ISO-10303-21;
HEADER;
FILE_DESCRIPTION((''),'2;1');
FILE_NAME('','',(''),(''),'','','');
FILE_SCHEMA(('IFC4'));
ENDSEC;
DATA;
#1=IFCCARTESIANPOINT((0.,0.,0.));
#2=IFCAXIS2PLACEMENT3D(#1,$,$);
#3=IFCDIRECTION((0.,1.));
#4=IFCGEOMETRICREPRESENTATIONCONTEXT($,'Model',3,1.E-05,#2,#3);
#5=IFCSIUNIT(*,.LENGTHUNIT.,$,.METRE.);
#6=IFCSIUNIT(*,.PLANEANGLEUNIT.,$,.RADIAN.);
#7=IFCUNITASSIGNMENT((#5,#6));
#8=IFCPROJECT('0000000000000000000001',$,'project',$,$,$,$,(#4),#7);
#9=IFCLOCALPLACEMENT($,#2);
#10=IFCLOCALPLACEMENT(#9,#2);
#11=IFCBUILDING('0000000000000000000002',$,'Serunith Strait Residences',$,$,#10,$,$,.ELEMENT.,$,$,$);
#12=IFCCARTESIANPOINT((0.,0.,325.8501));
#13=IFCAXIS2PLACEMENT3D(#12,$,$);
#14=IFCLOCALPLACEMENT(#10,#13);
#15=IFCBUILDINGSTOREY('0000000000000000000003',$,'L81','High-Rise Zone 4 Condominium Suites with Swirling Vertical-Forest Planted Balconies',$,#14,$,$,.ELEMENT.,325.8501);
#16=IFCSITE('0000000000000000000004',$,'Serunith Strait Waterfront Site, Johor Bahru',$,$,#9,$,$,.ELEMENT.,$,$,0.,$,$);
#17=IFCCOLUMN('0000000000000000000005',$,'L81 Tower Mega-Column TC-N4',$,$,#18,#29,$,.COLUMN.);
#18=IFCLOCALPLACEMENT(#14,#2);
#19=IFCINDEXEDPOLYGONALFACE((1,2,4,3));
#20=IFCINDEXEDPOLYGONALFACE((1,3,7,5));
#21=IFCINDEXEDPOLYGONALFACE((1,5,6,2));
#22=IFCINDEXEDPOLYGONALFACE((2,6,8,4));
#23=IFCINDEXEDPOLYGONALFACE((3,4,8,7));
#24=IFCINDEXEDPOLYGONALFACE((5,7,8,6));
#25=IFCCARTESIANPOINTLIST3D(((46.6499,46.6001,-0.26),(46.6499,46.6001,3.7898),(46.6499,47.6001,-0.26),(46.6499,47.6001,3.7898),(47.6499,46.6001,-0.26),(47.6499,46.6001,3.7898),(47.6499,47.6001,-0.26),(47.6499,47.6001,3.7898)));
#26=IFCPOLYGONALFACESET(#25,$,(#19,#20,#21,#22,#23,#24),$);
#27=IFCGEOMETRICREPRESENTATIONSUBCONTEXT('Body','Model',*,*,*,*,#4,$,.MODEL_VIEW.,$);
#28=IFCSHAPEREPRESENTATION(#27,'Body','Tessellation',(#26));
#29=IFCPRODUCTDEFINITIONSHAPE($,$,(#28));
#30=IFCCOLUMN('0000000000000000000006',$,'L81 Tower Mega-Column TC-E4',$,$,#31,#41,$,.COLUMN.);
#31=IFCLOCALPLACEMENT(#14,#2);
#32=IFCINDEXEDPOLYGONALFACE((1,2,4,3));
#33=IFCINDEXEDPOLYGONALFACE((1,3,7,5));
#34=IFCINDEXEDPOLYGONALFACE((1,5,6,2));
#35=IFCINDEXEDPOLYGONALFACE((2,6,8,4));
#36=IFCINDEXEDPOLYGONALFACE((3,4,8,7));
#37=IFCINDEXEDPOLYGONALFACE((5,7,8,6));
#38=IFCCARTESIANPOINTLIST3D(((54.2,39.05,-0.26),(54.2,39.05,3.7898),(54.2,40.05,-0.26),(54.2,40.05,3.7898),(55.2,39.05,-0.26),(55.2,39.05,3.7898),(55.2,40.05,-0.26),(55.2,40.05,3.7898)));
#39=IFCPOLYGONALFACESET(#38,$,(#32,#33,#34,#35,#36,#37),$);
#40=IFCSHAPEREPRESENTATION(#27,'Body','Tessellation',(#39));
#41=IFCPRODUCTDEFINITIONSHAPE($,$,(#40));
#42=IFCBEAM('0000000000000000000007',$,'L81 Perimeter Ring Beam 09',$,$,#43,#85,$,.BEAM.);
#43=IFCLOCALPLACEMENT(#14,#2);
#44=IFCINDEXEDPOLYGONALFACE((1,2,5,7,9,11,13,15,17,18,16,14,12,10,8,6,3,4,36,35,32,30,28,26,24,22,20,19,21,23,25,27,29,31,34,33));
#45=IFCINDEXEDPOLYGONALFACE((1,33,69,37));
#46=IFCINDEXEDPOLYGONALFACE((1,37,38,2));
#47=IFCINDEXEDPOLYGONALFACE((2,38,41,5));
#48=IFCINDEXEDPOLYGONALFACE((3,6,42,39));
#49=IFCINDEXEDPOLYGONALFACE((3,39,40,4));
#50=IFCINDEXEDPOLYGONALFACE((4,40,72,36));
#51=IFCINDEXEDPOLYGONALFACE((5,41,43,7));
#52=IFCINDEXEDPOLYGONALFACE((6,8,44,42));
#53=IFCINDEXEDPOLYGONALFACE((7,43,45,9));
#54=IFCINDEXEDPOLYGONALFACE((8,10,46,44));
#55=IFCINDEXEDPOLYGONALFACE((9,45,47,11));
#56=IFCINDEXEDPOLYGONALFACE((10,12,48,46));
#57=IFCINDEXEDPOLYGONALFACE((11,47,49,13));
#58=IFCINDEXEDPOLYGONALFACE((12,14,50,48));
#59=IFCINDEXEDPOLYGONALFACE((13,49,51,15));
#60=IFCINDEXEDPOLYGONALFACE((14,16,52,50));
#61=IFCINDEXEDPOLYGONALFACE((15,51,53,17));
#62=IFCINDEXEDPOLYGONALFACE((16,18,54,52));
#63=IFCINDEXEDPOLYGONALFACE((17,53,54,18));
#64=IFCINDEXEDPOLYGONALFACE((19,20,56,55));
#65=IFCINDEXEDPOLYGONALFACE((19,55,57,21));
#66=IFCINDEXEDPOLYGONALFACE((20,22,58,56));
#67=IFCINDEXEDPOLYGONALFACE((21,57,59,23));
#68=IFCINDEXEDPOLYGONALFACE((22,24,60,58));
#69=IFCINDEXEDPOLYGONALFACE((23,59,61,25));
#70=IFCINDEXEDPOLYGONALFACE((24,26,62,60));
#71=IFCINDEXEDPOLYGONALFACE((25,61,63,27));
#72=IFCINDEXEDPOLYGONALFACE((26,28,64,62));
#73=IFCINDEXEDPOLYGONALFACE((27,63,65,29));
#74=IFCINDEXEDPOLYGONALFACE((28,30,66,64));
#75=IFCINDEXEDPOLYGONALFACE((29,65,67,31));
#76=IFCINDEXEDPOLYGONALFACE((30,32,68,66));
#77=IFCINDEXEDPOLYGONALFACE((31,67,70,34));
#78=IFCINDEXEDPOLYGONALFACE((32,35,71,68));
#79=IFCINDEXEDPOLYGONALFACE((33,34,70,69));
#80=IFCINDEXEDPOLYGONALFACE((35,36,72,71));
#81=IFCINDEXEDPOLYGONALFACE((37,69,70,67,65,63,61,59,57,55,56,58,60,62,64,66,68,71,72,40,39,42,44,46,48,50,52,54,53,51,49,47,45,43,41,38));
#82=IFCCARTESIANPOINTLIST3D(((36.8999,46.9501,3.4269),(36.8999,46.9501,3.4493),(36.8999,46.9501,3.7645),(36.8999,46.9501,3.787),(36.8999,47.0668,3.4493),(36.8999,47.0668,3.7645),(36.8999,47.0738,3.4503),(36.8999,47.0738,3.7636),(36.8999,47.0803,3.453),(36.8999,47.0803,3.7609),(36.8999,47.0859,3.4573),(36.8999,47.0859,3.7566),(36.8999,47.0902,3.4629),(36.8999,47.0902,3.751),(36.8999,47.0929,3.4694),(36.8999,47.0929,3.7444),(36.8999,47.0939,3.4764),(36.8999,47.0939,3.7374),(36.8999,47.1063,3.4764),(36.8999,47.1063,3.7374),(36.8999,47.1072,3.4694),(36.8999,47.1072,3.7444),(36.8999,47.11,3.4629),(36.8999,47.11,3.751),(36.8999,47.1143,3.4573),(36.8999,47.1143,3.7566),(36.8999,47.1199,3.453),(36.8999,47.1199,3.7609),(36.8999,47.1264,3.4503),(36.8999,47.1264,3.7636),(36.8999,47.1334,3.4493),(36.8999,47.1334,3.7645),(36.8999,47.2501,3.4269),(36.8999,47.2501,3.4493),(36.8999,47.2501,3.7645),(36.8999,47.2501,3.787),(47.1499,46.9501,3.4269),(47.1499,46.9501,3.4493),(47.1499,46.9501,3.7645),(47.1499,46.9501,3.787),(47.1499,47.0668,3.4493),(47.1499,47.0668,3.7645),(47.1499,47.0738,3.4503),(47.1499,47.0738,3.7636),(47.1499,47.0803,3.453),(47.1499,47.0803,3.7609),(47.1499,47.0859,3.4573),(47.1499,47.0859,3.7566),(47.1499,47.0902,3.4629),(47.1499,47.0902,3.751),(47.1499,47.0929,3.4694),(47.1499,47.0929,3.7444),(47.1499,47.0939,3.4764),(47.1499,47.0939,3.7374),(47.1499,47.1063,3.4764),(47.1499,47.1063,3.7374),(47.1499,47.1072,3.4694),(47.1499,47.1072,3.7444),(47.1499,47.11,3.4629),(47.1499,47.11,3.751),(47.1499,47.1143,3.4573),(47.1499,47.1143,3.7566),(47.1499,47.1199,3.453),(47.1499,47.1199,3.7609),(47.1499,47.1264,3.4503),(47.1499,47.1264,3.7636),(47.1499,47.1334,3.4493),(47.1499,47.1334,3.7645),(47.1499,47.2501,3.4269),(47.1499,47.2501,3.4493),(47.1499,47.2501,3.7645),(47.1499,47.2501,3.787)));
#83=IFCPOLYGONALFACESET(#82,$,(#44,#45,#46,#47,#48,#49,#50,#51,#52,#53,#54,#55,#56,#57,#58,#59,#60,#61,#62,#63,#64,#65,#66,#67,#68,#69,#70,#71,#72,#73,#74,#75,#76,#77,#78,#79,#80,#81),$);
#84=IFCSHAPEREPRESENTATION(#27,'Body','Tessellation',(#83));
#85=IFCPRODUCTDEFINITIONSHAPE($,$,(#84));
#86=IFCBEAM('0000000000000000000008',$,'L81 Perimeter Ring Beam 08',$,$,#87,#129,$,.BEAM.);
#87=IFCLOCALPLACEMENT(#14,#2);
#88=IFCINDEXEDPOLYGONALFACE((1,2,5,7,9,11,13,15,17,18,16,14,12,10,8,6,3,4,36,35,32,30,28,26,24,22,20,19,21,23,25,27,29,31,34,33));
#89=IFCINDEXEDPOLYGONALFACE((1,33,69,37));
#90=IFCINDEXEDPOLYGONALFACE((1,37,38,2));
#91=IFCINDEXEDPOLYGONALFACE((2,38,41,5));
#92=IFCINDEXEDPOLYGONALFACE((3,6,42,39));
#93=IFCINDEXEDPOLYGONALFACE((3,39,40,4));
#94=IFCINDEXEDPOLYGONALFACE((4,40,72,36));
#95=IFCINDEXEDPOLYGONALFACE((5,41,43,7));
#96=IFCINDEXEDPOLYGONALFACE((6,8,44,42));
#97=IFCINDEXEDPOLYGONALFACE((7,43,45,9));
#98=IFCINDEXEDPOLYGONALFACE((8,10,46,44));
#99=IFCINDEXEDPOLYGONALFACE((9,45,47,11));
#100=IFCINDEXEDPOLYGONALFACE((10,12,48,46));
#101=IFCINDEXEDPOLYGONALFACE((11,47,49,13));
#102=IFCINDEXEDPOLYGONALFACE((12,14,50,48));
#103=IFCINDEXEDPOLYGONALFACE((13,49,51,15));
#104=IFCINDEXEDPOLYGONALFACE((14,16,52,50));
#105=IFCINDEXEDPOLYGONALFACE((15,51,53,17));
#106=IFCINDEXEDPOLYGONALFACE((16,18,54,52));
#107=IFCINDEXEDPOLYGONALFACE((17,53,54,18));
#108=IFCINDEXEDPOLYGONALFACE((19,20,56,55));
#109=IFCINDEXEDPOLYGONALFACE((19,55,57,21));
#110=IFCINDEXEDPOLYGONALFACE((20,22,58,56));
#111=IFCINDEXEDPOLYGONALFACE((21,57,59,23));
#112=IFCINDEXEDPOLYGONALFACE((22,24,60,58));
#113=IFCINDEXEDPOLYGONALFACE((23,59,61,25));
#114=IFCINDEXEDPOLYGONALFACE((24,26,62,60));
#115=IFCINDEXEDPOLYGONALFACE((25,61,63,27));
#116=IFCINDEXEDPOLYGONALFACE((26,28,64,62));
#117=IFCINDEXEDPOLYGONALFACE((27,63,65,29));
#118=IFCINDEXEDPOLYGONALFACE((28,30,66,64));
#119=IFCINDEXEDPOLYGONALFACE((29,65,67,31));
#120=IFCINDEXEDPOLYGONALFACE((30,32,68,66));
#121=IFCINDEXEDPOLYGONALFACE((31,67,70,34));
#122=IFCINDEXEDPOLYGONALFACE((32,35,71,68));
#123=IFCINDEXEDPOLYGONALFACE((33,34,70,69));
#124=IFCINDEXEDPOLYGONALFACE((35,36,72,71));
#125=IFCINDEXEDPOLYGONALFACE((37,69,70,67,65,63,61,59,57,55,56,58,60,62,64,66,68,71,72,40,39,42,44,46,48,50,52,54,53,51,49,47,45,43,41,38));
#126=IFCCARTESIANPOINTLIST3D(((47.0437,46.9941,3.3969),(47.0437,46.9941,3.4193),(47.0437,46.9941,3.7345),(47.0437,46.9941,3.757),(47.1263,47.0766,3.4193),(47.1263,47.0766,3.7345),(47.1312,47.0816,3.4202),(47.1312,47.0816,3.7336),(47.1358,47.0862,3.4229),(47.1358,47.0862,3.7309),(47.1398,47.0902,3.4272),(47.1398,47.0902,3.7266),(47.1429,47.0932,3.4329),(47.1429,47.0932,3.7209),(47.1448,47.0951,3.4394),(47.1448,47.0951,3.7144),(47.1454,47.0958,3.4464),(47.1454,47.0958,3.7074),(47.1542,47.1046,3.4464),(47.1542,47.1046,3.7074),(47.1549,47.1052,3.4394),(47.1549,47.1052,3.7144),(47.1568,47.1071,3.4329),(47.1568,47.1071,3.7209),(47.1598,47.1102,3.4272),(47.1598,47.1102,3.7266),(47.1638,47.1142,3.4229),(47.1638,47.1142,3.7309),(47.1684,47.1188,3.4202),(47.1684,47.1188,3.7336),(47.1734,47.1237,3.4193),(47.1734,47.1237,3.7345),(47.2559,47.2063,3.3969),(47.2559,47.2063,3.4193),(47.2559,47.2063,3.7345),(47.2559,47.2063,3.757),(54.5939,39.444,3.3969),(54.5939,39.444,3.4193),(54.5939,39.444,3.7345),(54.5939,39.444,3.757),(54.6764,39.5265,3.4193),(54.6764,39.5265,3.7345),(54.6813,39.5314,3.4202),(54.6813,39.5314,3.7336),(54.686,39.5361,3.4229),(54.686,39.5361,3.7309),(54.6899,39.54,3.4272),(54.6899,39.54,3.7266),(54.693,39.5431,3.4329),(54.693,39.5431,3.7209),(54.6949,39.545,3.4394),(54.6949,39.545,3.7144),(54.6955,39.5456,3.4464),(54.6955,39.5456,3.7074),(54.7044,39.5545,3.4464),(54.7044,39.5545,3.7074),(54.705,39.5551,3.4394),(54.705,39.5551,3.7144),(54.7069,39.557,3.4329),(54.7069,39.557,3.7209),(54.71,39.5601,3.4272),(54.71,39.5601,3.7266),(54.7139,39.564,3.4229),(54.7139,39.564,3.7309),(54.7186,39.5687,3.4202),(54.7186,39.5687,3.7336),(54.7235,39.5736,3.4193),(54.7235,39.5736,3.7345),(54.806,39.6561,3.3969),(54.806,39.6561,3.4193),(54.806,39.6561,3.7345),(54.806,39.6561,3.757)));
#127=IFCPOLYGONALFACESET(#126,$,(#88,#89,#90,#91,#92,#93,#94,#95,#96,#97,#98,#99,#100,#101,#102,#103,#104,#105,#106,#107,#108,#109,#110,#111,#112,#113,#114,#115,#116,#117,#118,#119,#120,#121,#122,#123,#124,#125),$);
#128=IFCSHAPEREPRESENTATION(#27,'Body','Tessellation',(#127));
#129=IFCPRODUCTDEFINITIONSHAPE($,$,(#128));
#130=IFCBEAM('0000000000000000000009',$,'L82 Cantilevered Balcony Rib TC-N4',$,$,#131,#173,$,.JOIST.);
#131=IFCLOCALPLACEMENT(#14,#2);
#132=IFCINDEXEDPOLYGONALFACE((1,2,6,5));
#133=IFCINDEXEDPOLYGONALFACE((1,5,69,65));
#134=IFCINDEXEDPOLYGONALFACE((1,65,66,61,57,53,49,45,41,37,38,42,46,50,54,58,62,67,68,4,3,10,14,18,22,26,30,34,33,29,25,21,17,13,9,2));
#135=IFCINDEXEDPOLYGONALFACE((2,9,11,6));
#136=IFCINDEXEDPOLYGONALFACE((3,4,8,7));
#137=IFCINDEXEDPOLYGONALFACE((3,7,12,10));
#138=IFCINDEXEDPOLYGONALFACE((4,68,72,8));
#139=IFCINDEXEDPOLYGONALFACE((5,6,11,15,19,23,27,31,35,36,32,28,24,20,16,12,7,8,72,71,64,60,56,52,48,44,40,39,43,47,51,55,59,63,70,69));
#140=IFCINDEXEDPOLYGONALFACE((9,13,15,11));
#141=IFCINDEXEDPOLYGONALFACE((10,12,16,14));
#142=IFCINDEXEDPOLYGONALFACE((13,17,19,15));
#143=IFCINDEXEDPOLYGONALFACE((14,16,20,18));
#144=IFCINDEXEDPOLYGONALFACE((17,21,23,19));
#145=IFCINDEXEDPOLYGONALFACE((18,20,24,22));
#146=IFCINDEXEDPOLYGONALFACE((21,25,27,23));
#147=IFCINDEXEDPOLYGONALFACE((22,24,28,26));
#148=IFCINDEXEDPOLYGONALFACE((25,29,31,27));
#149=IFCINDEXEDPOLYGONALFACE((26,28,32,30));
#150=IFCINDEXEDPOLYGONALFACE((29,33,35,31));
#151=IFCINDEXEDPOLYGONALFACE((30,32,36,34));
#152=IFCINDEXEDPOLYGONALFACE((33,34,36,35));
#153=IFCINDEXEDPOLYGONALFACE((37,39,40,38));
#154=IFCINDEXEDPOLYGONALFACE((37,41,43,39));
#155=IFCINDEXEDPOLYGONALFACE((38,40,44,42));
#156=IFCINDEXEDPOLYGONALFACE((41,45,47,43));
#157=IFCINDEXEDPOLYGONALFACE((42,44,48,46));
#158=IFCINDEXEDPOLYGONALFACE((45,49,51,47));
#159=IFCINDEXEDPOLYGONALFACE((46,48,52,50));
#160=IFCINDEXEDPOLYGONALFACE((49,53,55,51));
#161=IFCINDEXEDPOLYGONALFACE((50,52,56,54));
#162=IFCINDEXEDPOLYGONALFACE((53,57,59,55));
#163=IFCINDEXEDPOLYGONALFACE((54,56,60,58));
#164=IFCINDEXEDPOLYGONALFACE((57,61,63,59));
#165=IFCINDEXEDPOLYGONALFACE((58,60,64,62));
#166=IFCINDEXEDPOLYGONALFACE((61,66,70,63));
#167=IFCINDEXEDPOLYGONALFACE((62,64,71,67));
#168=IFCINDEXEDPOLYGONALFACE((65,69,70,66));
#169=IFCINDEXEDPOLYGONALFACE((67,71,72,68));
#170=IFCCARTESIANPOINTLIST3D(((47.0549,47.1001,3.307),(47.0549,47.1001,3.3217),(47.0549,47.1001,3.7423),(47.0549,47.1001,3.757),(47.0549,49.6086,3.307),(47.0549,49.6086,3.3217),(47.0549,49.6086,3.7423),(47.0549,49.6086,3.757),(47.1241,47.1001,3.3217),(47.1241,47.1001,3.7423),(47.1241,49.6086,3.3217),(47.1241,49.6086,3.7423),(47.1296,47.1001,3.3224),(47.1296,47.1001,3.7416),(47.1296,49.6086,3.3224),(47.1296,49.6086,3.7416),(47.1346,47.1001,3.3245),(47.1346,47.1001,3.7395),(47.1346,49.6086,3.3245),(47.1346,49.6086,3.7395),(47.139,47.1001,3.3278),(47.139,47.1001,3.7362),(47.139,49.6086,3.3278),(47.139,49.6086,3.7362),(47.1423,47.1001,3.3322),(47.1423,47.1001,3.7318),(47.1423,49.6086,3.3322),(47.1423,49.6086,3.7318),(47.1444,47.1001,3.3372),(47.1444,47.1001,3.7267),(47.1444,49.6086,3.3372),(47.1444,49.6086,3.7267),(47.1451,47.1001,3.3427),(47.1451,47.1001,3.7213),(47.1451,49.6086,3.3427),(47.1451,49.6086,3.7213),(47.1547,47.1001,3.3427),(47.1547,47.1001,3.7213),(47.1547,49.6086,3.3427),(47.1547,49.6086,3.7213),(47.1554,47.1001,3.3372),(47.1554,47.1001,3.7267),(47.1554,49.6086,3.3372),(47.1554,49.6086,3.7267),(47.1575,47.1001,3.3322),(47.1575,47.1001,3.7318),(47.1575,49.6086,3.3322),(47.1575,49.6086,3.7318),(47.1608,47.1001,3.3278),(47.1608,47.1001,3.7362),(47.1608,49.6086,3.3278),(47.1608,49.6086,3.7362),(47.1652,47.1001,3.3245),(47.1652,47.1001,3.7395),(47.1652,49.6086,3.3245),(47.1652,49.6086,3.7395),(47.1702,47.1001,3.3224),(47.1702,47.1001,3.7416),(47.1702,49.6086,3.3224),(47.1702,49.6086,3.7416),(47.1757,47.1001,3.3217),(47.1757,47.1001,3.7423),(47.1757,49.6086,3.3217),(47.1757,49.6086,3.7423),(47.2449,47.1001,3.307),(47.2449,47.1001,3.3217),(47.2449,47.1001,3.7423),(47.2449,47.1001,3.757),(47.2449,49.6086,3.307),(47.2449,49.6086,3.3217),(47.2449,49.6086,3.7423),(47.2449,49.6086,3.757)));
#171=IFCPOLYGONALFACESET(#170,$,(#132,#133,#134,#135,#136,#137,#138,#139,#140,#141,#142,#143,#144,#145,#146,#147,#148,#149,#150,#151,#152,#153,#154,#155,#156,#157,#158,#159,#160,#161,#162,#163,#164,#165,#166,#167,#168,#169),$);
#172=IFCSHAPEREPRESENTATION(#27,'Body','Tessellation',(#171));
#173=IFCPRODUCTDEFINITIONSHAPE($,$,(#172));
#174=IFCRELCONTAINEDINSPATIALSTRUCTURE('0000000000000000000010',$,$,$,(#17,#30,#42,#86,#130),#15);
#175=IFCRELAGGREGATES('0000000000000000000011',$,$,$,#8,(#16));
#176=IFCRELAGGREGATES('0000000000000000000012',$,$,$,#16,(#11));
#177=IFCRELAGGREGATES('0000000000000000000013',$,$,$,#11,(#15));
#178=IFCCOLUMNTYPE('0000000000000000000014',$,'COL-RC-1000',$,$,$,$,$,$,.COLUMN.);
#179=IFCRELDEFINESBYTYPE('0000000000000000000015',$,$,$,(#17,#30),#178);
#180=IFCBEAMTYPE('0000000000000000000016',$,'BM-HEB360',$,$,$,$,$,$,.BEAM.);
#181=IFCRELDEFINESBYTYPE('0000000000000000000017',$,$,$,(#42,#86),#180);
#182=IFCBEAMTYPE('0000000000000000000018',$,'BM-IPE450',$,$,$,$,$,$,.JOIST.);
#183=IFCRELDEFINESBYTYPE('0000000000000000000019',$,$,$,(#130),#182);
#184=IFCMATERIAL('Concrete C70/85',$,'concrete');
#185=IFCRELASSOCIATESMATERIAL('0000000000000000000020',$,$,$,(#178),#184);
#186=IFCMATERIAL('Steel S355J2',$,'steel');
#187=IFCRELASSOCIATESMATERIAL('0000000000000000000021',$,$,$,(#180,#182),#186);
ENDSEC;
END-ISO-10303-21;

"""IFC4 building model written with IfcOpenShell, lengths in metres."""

from ifc_helpers import new_model, si_unit, direction, frame, origin, origin_2d, place, context, subcontext, project, spatial, rectangle, i_section, extrude, source, transform, mapped, material, material_profile, profile_set, type_object, element, save


model = new_model("IFC4")

# Units and contexts
model_context = context("Model", 3, precision=1e-05, world=origin(), true_north=direction((0.0, 1.0)))
body_context = subcontext(model_context, "Body", "Model", "MODEL_VIEW")
ifc_project = project(units=[si_unit("LENGTHUNIT", "METRE"), si_unit("PLANEANGLEUNIT", "RADIAN")], contexts=[model_context])

# Site, building, storey
site_placement = place(None, origin())
site = spatial("IfcSite", under=ifc_project, at=site_placement, Name="Serunith Strait Waterfront Site, Johor Bahru", CompositionType="ELEMENT", RefElevation=0.0)
building_placement = place(site_placement, origin())
building = spatial("IfcBuilding", under=site, at=building_placement, Name="Serunith Strait Residences", CompositionType="ELEMENT")
storey_placement = place(building_placement, frame((0.0, 0.0, 325.8501)))
storey = spatial("IfcBuildingStorey", under=building, at=storey_placement, Name="L81", Description="High-Rise Zone 4 Condominium Suites with Swirling Vertical-Forest Planted Balconies", CompositionType="ELEMENT", Elevation=325.8501)

# Columns
ifc_material_1 = material(Name="Concrete C70/85", Category="concrete")
ifc_material_profile_1 = material_profile(ifc_material_1, rectangle(XDim=1.0, YDim=1.0, at=origin_2d()), Name="RC 1000x1000")
ifc_profile_set_1 = profile_set([ifc_material_profile_1], Name="Concrete C70/85")
column_type = type_object("IfcColumnType", Name="COL-RC-1000", PredefinedType="COLUMN", material=ifc_profile_set_1)
shared_shape_1 = source(origin(), body_context, "Body", "SweptSolid", [
    extrude(rectangle(XDim=1.0, YDim=1.0, at=origin_2d()), origin(), (0.0, 0.0, 1.0), 4.0498),
])
for number, where, z_axis, x_axis, name in (
    (1, (47.1499, 47.1001, -0.26), (0.0, 0.0, 1.0), (1.0, 0.0, 0.0), "L81 Tower Mega-Column TC-N4"),
    (2, (54.7, 39.55, -0.26), (0.0, 0.0, 1.0), (1.0, 0.0, 0.0), "L81 Tower Mega-Column TC-E4"),
):
    element("IfcColumn", number, at=place(storey_placement, frame(where, z_axis=z_axis, x_axis=x_axis)), inside=storey, type_object=column_type, Name=name, PredefinedType="COLUMN", context=body_context, shape_type="MappedRepresentation", body=[
        mapped(shared_shape_1, transform((0.0, 0.0, 0.0), scale=1.0)),
    ])

# Beams
ifc_material_2 = material(Name="Steel S355J2", Category="steel")
ifc_material_profile_2 = material_profile(ifc_material_2, i_section(OverallWidth=0.3, OverallDepth=0.3601, WebThickness=0.0125, FlangeThickness=0.0225, FilletRadius=0.0271, at=origin_2d()), Name="HEB 360")
ifc_profile_set_2 = profile_set([ifc_material_profile_2], Name="Steel S355J2")
beam_type_1 = type_object("IfcBeamType", Name="BM-HEB360", PredefinedType="BEAM", material=ifc_profile_set_2)
shared_shape_2 = source(origin(), body_context, "Body", "SweptSolid", [
    extrude(i_section(OverallWidth=0.3, OverallDepth=0.3601, WebThickness=0.0125, FlangeThickness=0.0225, FilletRadius=0.0271, at=origin_2d()), origin(), (0.0, 0.0, 1.0), 10.25),
])
beam_1_placement = place(storey_placement, frame((47.1499, 47.1001, 3.6069), z_axis=(-1.0, 0.0, 0.0), x_axis=(0.0, -1.0, 0.0)))
element("IfcBeam", 3, at=beam_1_placement, inside=storey, type_object=beam_type_1, Name="L81 Perimeter Ring Beam 09", PredefinedType="BEAM", context=body_context, shape_type="MappedRepresentation", body=[
    mapped(shared_shape_2, transform((0.0, 0.0, 0.0), scale=1.0)),
])
shared_shape_3 = source(origin(), body_context, "Body", "SweptSolid", [
    extrude(i_section(OverallWidth=0.3, OverallDepth=0.3601, WebThickness=0.0125, FlangeThickness=0.0225, FilletRadius=0.0271, at=origin_2d()), origin(), (0.0, 0.0, 1.0), 10.6775),
])
beam_2_placement = place(storey_placement, frame((54.7, 39.55, 3.5769), z_axis=(-0.707107, 0.707107, 0.0), x_axis=(-0.707107, -0.707107, 0.0)))
element("IfcBeam", 4, at=beam_2_placement, inside=storey, type_object=beam_type_1, Name="L81 Perimeter Ring Beam 08", PredefinedType="BEAM", context=body_context, shape_type="MappedRepresentation", body=[
    mapped(shared_shape_3, transform((0.0, 0.0, 0.0), scale=1.0)),
])
ifc_material_profile_3 = material_profile(ifc_material_2, i_section(OverallWidth=0.1899, OverallDepth=0.45, WebThickness=0.0095, FlangeThickness=0.0146, FilletRadius=0.021, at=origin_2d()), Name="IPE 450")
ifc_profile_set_3 = profile_set([ifc_material_profile_3], Name="Steel S355J2")
beam_type_2 = type_object("IfcBeamType", Name="BM-IPE450", PredefinedType="JOIST", material=ifc_profile_set_3)
shared_shape_4 = source(origin(), body_context, "Body", "SweptSolid", [
    extrude(i_section(OverallWidth=0.1899, OverallDepth=0.45, WebThickness=0.0095, FlangeThickness=0.0146, FilletRadius=0.021, at=origin_2d()), origin(), (0.0, 0.0, 1.0), 2.5085),
])
beam_3_placement = place(storey_placement, frame((47.1499, 47.1001, 3.532), z_axis=(0.0, 1.0, 0.0), x_axis=(-1.0, 0.0, 0.0)))
element("IfcBeam", 5, at=beam_3_placement, inside=storey, type_object=beam_type_2, Name="L82 Cantilevered Balcony Rib TC-N4", PredefinedType="JOIST", context=body_context, shape_type="MappedRepresentation", body=[
    mapped(shared_shape_4, transform((0.0, 0.0, 0.0), scale=1.0)),
])

save(model, "model.ifc")
